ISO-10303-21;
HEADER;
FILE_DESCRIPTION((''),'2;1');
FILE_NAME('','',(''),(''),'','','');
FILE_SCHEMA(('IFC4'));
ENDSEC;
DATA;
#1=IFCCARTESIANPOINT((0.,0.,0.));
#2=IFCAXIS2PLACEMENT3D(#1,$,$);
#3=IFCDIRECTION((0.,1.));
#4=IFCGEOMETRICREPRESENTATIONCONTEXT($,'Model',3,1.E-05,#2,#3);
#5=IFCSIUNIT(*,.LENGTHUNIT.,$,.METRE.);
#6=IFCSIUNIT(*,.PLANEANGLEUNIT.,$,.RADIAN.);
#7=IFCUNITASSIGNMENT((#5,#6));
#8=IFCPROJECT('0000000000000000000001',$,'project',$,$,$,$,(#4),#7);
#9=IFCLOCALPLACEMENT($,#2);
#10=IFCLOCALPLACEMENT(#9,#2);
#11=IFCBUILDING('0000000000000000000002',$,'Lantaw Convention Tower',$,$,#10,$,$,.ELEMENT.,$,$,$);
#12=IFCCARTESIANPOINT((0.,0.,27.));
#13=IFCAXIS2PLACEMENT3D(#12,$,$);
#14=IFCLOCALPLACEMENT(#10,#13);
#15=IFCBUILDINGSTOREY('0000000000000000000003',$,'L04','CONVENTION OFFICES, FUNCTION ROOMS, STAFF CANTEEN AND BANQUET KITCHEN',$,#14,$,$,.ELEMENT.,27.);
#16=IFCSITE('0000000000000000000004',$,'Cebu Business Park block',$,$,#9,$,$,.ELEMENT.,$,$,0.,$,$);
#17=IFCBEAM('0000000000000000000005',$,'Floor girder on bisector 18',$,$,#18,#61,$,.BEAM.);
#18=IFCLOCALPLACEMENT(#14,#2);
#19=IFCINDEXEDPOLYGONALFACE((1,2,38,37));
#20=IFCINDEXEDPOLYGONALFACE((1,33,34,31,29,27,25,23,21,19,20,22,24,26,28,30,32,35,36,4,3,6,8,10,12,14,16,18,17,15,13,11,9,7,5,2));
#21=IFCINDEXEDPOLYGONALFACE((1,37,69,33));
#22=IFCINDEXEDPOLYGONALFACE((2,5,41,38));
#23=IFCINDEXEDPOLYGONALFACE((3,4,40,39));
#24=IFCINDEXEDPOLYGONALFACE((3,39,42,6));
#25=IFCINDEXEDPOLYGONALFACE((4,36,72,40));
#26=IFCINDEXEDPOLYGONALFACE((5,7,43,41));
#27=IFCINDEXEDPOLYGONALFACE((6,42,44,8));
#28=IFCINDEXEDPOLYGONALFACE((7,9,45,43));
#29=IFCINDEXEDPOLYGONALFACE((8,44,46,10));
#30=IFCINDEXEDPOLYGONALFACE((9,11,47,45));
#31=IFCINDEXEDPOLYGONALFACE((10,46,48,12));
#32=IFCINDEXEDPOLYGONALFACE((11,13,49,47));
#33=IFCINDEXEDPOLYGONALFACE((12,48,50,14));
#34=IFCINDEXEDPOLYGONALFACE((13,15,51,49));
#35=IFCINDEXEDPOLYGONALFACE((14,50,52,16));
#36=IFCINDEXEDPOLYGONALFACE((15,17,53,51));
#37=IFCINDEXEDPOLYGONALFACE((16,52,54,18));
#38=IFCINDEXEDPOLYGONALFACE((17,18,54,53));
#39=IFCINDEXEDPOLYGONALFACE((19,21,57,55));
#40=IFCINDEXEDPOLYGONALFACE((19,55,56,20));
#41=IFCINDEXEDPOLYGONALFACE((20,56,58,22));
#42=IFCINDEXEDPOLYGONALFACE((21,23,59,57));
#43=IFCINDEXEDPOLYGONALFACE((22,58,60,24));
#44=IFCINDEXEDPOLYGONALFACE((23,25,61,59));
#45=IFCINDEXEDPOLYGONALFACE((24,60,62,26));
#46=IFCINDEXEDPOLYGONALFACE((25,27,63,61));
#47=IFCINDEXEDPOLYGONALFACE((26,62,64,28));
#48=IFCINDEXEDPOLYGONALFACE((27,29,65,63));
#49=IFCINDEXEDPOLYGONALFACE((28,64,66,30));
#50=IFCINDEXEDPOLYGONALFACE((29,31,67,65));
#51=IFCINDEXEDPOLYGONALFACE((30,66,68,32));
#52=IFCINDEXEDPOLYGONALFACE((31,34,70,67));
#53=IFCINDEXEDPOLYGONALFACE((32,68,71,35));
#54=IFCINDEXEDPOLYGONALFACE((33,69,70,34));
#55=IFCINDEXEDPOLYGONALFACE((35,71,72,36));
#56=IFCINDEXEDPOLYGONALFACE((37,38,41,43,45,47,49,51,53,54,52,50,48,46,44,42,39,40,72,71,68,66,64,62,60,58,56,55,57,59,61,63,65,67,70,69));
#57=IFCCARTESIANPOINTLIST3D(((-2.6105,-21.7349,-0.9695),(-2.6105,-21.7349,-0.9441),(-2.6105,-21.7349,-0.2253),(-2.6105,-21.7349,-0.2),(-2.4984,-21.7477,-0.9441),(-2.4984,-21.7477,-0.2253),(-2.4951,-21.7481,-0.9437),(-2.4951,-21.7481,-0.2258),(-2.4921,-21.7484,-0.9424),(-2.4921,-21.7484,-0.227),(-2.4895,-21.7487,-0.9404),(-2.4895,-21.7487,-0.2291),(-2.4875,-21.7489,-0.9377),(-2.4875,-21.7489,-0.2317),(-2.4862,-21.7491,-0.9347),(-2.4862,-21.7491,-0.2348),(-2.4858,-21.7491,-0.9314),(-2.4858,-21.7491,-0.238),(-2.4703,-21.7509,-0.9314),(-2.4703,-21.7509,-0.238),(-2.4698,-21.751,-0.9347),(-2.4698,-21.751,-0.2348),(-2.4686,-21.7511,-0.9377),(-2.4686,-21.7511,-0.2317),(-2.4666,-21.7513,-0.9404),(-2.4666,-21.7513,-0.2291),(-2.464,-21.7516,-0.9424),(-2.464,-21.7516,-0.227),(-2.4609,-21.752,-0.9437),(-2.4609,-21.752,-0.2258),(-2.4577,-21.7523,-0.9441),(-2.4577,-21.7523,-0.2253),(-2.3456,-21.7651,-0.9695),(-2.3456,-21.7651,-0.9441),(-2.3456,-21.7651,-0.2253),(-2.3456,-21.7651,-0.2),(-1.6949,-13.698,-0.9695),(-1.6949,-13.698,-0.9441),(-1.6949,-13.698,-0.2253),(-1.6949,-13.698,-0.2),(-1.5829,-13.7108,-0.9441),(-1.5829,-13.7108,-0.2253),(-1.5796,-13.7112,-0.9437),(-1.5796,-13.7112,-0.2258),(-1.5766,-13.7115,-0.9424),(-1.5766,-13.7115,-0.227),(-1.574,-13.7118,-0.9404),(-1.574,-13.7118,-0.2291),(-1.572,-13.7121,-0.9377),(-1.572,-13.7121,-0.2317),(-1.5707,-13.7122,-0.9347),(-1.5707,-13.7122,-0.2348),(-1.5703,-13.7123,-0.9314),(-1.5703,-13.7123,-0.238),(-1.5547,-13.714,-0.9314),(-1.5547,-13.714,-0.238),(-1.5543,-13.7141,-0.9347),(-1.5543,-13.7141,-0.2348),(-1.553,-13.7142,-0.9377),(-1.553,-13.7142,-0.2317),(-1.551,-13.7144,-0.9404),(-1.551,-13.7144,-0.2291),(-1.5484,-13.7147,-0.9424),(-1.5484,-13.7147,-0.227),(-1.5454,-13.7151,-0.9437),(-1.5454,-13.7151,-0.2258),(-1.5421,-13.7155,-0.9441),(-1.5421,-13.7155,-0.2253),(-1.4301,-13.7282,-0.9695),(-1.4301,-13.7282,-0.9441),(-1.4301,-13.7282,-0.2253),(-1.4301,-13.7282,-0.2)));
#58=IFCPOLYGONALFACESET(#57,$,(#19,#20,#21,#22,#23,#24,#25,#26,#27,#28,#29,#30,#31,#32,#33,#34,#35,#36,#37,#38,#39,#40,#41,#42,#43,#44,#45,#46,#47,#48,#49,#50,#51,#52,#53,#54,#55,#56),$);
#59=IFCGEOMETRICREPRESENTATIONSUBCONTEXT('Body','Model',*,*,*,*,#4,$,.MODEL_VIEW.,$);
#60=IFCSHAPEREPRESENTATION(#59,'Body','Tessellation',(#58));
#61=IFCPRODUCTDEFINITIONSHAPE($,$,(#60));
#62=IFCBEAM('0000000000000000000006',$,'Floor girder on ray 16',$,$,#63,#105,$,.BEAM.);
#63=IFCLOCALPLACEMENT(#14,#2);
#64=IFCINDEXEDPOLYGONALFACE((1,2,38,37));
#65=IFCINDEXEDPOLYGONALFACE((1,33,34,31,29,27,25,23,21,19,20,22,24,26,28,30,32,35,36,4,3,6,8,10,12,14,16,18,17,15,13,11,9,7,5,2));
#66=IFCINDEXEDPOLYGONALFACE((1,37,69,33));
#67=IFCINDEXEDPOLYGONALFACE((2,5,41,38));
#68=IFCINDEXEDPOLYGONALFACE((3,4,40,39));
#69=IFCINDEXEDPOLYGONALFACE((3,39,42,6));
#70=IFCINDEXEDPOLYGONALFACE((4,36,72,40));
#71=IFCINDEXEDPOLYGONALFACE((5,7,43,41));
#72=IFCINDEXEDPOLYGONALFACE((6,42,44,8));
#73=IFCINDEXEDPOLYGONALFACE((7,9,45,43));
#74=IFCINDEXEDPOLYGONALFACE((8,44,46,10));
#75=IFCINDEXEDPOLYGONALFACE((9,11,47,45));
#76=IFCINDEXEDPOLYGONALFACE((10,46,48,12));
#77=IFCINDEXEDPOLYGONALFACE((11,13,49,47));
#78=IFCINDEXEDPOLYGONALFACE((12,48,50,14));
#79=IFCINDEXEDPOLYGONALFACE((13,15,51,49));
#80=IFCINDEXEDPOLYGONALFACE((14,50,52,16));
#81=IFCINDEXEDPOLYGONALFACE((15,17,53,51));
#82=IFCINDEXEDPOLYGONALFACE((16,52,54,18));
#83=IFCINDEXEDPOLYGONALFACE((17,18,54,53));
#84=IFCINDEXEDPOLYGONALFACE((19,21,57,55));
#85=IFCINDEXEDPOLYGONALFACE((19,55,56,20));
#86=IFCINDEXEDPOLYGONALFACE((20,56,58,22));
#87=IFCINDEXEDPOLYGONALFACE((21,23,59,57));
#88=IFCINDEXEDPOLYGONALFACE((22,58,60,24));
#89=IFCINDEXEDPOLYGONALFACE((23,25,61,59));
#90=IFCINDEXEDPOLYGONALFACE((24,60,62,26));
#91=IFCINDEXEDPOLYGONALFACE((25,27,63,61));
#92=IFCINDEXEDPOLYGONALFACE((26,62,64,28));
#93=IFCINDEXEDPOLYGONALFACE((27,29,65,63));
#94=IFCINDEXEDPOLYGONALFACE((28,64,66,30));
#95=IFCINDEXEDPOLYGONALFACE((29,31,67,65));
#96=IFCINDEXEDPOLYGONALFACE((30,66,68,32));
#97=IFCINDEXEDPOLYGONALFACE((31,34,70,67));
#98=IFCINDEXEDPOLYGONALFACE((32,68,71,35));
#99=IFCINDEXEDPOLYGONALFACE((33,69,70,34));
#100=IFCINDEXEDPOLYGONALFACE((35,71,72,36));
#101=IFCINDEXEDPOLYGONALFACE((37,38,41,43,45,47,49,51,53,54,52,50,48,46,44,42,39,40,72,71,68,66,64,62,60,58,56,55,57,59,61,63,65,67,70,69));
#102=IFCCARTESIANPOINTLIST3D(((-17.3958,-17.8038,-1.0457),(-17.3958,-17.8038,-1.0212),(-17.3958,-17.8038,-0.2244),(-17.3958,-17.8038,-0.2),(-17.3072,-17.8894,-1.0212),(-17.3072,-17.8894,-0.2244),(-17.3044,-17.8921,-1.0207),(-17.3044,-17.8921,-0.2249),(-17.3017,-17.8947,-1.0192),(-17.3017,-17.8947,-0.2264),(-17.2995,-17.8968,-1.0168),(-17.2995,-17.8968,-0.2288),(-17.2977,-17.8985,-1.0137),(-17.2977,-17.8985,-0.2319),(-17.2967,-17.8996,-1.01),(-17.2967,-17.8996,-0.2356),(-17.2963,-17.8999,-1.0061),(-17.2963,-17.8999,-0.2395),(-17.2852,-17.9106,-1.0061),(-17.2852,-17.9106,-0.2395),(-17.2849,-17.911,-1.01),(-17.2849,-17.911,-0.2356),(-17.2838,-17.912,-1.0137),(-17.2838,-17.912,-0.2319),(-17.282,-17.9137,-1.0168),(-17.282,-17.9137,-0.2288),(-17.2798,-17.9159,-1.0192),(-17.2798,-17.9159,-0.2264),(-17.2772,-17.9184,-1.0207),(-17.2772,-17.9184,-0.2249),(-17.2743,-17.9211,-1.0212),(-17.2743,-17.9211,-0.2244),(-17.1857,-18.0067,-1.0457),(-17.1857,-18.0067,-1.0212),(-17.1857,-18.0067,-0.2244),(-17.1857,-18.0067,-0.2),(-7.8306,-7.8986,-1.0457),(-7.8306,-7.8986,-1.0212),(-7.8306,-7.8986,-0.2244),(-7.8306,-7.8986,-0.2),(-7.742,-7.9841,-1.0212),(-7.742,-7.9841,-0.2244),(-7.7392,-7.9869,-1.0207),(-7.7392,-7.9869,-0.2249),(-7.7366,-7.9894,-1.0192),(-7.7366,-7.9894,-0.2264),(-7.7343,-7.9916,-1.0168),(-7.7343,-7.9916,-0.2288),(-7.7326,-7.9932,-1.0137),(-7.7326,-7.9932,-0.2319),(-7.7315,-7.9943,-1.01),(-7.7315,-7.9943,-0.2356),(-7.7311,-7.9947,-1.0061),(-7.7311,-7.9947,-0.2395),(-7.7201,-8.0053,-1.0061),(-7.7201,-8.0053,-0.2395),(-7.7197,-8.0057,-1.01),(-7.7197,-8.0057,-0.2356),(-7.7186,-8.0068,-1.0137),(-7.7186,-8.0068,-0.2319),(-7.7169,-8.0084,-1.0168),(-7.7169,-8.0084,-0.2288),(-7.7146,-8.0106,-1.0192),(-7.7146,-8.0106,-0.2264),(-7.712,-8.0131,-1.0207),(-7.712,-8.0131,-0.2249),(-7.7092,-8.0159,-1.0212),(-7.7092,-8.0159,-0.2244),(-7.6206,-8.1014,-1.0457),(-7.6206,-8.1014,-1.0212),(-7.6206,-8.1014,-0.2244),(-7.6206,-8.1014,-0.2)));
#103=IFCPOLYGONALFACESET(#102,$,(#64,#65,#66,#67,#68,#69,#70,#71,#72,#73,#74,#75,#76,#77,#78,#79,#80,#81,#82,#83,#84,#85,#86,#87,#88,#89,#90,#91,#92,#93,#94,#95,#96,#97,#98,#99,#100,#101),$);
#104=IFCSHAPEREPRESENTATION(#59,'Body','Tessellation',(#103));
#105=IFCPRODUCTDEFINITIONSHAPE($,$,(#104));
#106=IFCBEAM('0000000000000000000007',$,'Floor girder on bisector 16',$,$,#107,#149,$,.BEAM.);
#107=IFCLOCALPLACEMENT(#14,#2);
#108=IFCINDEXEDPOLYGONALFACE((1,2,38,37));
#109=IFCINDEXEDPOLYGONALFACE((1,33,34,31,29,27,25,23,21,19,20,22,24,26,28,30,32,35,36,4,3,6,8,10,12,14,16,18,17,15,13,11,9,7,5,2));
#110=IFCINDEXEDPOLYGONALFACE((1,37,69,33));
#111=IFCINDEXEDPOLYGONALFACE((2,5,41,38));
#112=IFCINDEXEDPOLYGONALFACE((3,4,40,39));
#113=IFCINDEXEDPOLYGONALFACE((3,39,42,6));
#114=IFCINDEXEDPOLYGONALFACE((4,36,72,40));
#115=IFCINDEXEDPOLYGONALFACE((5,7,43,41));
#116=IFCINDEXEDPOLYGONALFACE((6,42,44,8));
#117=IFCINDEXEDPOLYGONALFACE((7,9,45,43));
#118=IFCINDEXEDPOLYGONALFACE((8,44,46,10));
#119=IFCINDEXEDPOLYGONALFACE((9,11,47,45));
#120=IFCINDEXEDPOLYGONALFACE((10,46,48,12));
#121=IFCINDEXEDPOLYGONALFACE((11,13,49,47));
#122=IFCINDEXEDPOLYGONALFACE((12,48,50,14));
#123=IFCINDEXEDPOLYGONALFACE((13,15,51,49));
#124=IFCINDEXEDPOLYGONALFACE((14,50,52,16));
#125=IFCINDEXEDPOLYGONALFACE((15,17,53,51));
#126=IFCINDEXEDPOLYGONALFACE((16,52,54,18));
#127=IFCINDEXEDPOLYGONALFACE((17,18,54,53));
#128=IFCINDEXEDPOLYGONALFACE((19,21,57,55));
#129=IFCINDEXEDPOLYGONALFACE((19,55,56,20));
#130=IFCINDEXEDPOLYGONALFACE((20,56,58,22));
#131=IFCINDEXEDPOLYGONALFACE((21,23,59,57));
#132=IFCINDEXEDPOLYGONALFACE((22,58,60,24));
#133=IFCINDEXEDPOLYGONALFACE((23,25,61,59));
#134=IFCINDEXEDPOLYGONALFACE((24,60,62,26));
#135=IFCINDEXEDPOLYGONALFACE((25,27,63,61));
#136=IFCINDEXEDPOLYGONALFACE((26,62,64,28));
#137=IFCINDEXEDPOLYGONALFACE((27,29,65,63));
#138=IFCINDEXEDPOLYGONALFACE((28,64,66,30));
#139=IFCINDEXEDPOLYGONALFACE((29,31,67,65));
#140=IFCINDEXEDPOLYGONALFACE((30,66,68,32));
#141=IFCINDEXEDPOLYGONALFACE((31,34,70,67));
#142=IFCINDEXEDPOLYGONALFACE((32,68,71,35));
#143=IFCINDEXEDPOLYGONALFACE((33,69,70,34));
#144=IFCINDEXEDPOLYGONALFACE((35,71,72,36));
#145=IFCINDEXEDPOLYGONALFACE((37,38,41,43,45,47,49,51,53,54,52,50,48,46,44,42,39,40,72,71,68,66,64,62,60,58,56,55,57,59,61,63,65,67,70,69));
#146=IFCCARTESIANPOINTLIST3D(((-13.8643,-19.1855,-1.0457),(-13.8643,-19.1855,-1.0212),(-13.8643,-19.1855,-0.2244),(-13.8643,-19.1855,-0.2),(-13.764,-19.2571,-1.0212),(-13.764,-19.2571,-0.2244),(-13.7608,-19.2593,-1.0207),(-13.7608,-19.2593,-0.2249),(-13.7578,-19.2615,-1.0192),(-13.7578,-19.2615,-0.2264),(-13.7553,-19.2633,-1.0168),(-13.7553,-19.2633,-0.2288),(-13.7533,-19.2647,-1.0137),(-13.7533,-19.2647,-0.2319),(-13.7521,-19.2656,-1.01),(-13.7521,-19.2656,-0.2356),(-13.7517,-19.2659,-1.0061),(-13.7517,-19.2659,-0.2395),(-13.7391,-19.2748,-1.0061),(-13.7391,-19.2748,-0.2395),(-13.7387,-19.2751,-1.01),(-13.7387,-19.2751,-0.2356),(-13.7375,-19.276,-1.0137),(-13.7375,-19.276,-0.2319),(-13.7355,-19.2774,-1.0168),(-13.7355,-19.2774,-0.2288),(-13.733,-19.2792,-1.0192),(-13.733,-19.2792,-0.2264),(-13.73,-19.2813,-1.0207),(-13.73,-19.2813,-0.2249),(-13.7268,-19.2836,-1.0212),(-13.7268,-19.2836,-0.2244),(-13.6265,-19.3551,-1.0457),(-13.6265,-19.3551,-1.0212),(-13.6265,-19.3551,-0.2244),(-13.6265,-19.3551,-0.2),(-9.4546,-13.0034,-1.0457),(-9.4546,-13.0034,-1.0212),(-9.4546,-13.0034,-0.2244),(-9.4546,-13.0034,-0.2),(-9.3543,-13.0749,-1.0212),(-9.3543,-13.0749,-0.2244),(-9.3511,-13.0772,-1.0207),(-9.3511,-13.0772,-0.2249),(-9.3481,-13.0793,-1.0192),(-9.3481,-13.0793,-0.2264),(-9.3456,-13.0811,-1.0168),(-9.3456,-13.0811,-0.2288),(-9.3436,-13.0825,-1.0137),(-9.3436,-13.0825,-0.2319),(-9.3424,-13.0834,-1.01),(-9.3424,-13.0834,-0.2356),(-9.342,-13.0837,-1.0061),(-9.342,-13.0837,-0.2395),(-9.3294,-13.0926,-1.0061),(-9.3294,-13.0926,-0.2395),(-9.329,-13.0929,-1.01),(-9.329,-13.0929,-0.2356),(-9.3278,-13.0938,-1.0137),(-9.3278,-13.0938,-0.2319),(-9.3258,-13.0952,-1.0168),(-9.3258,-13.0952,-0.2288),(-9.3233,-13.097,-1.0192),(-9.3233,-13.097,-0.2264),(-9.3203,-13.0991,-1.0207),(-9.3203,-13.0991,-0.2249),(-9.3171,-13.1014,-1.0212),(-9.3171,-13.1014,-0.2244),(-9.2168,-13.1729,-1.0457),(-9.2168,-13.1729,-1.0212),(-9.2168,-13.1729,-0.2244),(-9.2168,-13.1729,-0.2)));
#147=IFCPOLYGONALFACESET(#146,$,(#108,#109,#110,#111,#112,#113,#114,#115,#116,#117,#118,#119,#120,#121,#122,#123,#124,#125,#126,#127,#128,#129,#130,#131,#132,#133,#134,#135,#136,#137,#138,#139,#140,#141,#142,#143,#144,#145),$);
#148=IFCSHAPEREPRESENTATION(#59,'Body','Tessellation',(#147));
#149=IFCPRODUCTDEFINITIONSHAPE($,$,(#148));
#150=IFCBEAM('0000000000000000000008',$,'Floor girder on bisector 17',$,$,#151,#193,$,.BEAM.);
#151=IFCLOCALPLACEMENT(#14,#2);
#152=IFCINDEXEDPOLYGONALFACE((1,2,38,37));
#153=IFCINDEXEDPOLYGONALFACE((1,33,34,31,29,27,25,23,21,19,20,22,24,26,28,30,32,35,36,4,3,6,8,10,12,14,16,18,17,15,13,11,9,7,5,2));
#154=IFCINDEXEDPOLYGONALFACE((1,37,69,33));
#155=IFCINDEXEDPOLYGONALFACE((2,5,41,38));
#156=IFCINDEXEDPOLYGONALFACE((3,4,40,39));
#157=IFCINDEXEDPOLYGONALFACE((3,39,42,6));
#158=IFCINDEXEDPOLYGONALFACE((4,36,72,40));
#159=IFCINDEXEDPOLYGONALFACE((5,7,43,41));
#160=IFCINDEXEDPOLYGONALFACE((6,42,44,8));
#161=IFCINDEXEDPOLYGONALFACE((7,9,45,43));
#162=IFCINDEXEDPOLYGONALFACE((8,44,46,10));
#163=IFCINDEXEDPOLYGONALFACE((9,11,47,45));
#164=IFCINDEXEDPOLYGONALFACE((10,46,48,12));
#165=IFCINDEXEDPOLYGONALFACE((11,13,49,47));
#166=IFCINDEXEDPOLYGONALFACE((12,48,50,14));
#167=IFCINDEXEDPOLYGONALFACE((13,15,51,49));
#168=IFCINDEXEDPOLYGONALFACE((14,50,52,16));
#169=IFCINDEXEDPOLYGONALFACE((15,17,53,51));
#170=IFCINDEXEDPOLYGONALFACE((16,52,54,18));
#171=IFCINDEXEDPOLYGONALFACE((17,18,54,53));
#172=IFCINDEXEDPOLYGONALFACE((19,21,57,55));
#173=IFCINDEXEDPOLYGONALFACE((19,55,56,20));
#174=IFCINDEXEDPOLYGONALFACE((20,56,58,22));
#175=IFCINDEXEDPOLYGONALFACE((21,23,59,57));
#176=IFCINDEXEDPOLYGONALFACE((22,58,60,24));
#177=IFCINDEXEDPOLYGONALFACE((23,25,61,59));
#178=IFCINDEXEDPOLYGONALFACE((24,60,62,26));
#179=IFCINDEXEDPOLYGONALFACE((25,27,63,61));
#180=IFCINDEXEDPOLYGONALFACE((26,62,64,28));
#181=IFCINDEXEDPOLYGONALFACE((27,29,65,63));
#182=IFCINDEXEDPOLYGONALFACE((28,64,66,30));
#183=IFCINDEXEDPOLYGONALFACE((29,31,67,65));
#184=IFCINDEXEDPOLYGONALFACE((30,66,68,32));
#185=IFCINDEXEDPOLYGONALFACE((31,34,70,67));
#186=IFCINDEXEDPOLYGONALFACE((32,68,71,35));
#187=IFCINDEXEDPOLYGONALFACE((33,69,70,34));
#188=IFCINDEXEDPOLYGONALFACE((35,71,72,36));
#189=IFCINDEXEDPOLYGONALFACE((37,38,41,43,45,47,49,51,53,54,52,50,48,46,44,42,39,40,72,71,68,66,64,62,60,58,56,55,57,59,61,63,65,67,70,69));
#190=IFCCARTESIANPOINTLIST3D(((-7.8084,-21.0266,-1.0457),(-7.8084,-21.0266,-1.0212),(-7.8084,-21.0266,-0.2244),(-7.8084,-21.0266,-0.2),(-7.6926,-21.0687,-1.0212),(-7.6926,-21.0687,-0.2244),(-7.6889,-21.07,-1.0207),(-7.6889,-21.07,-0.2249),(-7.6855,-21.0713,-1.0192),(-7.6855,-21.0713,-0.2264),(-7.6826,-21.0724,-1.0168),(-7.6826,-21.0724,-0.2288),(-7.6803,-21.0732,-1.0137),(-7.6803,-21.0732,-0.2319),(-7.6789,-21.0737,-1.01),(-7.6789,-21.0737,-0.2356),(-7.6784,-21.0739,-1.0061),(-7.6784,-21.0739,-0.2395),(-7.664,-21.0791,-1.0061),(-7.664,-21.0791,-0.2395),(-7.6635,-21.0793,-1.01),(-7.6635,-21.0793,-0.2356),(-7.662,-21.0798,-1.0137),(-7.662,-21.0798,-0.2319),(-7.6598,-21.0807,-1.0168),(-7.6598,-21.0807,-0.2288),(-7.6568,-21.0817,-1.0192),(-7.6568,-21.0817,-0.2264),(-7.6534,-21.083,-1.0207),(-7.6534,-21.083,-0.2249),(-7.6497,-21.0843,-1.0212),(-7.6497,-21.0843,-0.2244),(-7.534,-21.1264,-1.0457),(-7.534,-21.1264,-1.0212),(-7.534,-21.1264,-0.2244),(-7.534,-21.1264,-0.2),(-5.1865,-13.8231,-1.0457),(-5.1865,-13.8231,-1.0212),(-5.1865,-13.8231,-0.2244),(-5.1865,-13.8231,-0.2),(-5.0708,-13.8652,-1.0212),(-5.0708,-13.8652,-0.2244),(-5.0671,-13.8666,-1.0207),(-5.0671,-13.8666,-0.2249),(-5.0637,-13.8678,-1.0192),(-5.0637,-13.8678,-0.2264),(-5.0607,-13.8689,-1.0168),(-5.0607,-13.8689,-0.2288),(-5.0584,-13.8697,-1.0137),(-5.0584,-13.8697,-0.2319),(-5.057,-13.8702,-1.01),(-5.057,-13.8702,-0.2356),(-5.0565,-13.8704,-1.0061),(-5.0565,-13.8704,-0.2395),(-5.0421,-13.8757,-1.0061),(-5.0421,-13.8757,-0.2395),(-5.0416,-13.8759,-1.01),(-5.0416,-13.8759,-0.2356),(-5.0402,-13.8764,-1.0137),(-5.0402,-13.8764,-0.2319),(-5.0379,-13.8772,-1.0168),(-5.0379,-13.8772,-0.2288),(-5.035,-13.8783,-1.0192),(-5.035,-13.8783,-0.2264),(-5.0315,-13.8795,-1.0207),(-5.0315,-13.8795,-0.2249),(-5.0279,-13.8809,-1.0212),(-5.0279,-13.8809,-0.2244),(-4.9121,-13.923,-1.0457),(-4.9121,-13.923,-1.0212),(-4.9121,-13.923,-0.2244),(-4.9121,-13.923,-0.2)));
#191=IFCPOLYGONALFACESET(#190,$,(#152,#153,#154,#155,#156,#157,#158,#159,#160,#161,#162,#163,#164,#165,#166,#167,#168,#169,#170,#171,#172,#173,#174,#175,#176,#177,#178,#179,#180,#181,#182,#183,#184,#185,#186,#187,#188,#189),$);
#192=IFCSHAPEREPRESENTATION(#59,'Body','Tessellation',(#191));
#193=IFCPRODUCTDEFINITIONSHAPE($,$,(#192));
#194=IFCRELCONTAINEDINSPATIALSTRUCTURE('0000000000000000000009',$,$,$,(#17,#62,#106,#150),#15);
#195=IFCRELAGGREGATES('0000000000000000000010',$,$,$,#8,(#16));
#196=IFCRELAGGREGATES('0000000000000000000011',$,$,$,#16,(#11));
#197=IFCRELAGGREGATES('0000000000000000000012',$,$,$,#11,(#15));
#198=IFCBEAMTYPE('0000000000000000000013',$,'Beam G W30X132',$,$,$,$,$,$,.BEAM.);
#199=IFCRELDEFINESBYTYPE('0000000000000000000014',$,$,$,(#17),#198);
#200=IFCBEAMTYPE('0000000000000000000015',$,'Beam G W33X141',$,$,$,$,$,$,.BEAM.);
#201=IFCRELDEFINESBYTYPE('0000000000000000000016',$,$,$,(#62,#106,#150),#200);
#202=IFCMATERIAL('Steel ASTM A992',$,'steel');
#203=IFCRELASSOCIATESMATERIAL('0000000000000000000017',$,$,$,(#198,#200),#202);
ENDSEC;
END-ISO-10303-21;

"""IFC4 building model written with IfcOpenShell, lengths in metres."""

from ifc_helpers import new_model, si_unit, direction, frame, origin, origin_2d, place, context, subcontext, project, spatial, i_section, extrude, material, material_profile, profile_set, type_object, element, save


model = new_model("IFC4")

# Units and contexts
model_context = context("Model", 3, precision=1e-05, world=origin(), true_north=direction((0.0, 1.0)))
body_context = subcontext(model_context, "Body", "Model", "MODEL_VIEW")
ifc_project = project(units=[si_unit("LENGTHUNIT", "METRE"), si_unit("PLANEANGLEUNIT", "RADIAN")], contexts=[model_context])

# Site, building, storey
site_placement = place(None, origin())
site = spatial("IfcSite", under=ifc_project, at=site_placement, Name="Cebu Business Park block", CompositionType="ELEMENT", RefElevation=0.0)
building_placement = place(site_placement, origin())
building = spatial("IfcBuilding", under=site, at=building_placement, Name="Lantaw Convention Tower", CompositionType="ELEMENT")
storey_placement = place(building_placement, frame((0.0, 0.0, 27.0)))
storey = spatial("IfcBuildingStorey", under=building, at=storey_placement, Name="L04", Description="CONVENTION OFFICES, FUNCTION ROOMS, STAFF CANTEEN AND BANQUET KITCHEN", CompositionType="ELEMENT", Elevation=27.0)

# Beams
ifc_material_1 = material(Name="Steel ASTM A992", Category="steel")
ifc_material_profile_1 = material_profile(ifc_material_1, i_section(OverallWidth=0.2666, OverallDepth=0.7695, WebThickness=0.0156, FlangeThickness=0.0254, FilletRadius=0.0127, at=origin_2d()), Name="W30X132")
ifc_profile_set_1 = profile_set([ifc_material_profile_1], Name="Steel ASTM A992")
beam_type_1 = type_object("IfcBeamType", Name="Beam G W30X132", PredefinedType="BEAM", material=ifc_profile_set_1)
beam_1_placement = place(storey_placement, frame((-1.5625, -13.7131, -0.5847), z_axis=(-0.113184, -0.993574, 0.0), x_axis=(0.993574, -0.113184, 0.0)))
element("IfcBeam", 1, at=beam_1_placement, inside=storey, type_object=beam_type_1, Name="Floor girder on bisector 18", PredefinedType="BEAM", context=body_context, shape_type="SweptSolid", body=[
    extrude(i_section(OverallWidth=0.2666, OverallDepth=0.7695, WebThickness=0.0156, FlangeThickness=0.0254, FilletRadius=0.0127, at=origin_2d()), origin(), (0.0, 0.0, 1.0), 8.0889),
])
ifc_material_profile_2 = material_profile(ifc_material_1, i_section(OverallWidth=0.292, OverallDepth=0.8457, WebThickness=0.0154, FlangeThickness=0.0244, FilletRadius=0.0151, at=origin_2d()), Name="W33X141")
ifc_profile_set_2 = profile_set([ifc_material_profile_2], Name="Steel ASTM A992")
beam_type_2 = type_object("IfcBeamType", Name="Beam G W33X141", PredefinedType="BEAM", material=ifc_profile_set_2)
beam_2_placement = place(storey_placement, frame((-7.7256, -8.0, -0.6228), z_axis=(-0.69465, -0.719348, 0.0), x_axis=(0.719348, -0.69465, 0.0)))
element("IfcBeam", 2, at=beam_2_placement, inside=storey, type_object=beam_type_2, Name="Floor girder on ray 16", PredefinedType="BEAM", context=body_context, shape_type="SweptSolid", body=[
    extrude(i_section(OverallWidth=0.292, OverallDepth=0.8457, WebThickness=0.0154, FlangeThickness=0.0244, FilletRadius=0.0151, at=origin_2d()), origin(), (0.0, 0.0, 1.0), 13.7698),
])
beam_3_placement = place(storey_placement, frame((-9.3357, -13.0881, -0.6228), z_axis=(-0.580703, -0.814116, 0.0), x_axis=(0.814116, -0.580703, 0.0)))
element("IfcBeam", 3, at=beam_3_placement, inside=storey, type_object=beam_type_2, Name="Floor girder on bisector 16", PredefinedType="BEAM", context=body_context, shape_type="SweptSolid", body=[
    extrude(i_section(OverallWidth=0.292, OverallDepth=0.8457, WebThickness=0.0154, FlangeThickness=0.0244, FilletRadius=0.0151, at=origin_2d()), origin(), (0.0, 0.0, 1.0), 7.5938),
])
beam_4_placement = place(storey_placement, frame((-5.0493, -13.873, -0.6228), z_axis=(-0.342022, -0.939692, 0.0), x_axis=(0.939692, -0.342022, 0.0)))
element("IfcBeam", 4, at=beam_4_placement, inside=storey, type_object=beam_type_2, Name="Floor girder on bisector 17", PredefinedType="BEAM", context=body_context, shape_type="SweptSolid", body=[
    extrude(i_section(OverallWidth=0.292, OverallDepth=0.8457, WebThickness=0.0154, FlangeThickness=0.0244, FilletRadius=0.0151, at=origin_2d()), origin(), (0.0, 0.0, 1.0), 7.6658),
])

save(model, "model.ifc")
